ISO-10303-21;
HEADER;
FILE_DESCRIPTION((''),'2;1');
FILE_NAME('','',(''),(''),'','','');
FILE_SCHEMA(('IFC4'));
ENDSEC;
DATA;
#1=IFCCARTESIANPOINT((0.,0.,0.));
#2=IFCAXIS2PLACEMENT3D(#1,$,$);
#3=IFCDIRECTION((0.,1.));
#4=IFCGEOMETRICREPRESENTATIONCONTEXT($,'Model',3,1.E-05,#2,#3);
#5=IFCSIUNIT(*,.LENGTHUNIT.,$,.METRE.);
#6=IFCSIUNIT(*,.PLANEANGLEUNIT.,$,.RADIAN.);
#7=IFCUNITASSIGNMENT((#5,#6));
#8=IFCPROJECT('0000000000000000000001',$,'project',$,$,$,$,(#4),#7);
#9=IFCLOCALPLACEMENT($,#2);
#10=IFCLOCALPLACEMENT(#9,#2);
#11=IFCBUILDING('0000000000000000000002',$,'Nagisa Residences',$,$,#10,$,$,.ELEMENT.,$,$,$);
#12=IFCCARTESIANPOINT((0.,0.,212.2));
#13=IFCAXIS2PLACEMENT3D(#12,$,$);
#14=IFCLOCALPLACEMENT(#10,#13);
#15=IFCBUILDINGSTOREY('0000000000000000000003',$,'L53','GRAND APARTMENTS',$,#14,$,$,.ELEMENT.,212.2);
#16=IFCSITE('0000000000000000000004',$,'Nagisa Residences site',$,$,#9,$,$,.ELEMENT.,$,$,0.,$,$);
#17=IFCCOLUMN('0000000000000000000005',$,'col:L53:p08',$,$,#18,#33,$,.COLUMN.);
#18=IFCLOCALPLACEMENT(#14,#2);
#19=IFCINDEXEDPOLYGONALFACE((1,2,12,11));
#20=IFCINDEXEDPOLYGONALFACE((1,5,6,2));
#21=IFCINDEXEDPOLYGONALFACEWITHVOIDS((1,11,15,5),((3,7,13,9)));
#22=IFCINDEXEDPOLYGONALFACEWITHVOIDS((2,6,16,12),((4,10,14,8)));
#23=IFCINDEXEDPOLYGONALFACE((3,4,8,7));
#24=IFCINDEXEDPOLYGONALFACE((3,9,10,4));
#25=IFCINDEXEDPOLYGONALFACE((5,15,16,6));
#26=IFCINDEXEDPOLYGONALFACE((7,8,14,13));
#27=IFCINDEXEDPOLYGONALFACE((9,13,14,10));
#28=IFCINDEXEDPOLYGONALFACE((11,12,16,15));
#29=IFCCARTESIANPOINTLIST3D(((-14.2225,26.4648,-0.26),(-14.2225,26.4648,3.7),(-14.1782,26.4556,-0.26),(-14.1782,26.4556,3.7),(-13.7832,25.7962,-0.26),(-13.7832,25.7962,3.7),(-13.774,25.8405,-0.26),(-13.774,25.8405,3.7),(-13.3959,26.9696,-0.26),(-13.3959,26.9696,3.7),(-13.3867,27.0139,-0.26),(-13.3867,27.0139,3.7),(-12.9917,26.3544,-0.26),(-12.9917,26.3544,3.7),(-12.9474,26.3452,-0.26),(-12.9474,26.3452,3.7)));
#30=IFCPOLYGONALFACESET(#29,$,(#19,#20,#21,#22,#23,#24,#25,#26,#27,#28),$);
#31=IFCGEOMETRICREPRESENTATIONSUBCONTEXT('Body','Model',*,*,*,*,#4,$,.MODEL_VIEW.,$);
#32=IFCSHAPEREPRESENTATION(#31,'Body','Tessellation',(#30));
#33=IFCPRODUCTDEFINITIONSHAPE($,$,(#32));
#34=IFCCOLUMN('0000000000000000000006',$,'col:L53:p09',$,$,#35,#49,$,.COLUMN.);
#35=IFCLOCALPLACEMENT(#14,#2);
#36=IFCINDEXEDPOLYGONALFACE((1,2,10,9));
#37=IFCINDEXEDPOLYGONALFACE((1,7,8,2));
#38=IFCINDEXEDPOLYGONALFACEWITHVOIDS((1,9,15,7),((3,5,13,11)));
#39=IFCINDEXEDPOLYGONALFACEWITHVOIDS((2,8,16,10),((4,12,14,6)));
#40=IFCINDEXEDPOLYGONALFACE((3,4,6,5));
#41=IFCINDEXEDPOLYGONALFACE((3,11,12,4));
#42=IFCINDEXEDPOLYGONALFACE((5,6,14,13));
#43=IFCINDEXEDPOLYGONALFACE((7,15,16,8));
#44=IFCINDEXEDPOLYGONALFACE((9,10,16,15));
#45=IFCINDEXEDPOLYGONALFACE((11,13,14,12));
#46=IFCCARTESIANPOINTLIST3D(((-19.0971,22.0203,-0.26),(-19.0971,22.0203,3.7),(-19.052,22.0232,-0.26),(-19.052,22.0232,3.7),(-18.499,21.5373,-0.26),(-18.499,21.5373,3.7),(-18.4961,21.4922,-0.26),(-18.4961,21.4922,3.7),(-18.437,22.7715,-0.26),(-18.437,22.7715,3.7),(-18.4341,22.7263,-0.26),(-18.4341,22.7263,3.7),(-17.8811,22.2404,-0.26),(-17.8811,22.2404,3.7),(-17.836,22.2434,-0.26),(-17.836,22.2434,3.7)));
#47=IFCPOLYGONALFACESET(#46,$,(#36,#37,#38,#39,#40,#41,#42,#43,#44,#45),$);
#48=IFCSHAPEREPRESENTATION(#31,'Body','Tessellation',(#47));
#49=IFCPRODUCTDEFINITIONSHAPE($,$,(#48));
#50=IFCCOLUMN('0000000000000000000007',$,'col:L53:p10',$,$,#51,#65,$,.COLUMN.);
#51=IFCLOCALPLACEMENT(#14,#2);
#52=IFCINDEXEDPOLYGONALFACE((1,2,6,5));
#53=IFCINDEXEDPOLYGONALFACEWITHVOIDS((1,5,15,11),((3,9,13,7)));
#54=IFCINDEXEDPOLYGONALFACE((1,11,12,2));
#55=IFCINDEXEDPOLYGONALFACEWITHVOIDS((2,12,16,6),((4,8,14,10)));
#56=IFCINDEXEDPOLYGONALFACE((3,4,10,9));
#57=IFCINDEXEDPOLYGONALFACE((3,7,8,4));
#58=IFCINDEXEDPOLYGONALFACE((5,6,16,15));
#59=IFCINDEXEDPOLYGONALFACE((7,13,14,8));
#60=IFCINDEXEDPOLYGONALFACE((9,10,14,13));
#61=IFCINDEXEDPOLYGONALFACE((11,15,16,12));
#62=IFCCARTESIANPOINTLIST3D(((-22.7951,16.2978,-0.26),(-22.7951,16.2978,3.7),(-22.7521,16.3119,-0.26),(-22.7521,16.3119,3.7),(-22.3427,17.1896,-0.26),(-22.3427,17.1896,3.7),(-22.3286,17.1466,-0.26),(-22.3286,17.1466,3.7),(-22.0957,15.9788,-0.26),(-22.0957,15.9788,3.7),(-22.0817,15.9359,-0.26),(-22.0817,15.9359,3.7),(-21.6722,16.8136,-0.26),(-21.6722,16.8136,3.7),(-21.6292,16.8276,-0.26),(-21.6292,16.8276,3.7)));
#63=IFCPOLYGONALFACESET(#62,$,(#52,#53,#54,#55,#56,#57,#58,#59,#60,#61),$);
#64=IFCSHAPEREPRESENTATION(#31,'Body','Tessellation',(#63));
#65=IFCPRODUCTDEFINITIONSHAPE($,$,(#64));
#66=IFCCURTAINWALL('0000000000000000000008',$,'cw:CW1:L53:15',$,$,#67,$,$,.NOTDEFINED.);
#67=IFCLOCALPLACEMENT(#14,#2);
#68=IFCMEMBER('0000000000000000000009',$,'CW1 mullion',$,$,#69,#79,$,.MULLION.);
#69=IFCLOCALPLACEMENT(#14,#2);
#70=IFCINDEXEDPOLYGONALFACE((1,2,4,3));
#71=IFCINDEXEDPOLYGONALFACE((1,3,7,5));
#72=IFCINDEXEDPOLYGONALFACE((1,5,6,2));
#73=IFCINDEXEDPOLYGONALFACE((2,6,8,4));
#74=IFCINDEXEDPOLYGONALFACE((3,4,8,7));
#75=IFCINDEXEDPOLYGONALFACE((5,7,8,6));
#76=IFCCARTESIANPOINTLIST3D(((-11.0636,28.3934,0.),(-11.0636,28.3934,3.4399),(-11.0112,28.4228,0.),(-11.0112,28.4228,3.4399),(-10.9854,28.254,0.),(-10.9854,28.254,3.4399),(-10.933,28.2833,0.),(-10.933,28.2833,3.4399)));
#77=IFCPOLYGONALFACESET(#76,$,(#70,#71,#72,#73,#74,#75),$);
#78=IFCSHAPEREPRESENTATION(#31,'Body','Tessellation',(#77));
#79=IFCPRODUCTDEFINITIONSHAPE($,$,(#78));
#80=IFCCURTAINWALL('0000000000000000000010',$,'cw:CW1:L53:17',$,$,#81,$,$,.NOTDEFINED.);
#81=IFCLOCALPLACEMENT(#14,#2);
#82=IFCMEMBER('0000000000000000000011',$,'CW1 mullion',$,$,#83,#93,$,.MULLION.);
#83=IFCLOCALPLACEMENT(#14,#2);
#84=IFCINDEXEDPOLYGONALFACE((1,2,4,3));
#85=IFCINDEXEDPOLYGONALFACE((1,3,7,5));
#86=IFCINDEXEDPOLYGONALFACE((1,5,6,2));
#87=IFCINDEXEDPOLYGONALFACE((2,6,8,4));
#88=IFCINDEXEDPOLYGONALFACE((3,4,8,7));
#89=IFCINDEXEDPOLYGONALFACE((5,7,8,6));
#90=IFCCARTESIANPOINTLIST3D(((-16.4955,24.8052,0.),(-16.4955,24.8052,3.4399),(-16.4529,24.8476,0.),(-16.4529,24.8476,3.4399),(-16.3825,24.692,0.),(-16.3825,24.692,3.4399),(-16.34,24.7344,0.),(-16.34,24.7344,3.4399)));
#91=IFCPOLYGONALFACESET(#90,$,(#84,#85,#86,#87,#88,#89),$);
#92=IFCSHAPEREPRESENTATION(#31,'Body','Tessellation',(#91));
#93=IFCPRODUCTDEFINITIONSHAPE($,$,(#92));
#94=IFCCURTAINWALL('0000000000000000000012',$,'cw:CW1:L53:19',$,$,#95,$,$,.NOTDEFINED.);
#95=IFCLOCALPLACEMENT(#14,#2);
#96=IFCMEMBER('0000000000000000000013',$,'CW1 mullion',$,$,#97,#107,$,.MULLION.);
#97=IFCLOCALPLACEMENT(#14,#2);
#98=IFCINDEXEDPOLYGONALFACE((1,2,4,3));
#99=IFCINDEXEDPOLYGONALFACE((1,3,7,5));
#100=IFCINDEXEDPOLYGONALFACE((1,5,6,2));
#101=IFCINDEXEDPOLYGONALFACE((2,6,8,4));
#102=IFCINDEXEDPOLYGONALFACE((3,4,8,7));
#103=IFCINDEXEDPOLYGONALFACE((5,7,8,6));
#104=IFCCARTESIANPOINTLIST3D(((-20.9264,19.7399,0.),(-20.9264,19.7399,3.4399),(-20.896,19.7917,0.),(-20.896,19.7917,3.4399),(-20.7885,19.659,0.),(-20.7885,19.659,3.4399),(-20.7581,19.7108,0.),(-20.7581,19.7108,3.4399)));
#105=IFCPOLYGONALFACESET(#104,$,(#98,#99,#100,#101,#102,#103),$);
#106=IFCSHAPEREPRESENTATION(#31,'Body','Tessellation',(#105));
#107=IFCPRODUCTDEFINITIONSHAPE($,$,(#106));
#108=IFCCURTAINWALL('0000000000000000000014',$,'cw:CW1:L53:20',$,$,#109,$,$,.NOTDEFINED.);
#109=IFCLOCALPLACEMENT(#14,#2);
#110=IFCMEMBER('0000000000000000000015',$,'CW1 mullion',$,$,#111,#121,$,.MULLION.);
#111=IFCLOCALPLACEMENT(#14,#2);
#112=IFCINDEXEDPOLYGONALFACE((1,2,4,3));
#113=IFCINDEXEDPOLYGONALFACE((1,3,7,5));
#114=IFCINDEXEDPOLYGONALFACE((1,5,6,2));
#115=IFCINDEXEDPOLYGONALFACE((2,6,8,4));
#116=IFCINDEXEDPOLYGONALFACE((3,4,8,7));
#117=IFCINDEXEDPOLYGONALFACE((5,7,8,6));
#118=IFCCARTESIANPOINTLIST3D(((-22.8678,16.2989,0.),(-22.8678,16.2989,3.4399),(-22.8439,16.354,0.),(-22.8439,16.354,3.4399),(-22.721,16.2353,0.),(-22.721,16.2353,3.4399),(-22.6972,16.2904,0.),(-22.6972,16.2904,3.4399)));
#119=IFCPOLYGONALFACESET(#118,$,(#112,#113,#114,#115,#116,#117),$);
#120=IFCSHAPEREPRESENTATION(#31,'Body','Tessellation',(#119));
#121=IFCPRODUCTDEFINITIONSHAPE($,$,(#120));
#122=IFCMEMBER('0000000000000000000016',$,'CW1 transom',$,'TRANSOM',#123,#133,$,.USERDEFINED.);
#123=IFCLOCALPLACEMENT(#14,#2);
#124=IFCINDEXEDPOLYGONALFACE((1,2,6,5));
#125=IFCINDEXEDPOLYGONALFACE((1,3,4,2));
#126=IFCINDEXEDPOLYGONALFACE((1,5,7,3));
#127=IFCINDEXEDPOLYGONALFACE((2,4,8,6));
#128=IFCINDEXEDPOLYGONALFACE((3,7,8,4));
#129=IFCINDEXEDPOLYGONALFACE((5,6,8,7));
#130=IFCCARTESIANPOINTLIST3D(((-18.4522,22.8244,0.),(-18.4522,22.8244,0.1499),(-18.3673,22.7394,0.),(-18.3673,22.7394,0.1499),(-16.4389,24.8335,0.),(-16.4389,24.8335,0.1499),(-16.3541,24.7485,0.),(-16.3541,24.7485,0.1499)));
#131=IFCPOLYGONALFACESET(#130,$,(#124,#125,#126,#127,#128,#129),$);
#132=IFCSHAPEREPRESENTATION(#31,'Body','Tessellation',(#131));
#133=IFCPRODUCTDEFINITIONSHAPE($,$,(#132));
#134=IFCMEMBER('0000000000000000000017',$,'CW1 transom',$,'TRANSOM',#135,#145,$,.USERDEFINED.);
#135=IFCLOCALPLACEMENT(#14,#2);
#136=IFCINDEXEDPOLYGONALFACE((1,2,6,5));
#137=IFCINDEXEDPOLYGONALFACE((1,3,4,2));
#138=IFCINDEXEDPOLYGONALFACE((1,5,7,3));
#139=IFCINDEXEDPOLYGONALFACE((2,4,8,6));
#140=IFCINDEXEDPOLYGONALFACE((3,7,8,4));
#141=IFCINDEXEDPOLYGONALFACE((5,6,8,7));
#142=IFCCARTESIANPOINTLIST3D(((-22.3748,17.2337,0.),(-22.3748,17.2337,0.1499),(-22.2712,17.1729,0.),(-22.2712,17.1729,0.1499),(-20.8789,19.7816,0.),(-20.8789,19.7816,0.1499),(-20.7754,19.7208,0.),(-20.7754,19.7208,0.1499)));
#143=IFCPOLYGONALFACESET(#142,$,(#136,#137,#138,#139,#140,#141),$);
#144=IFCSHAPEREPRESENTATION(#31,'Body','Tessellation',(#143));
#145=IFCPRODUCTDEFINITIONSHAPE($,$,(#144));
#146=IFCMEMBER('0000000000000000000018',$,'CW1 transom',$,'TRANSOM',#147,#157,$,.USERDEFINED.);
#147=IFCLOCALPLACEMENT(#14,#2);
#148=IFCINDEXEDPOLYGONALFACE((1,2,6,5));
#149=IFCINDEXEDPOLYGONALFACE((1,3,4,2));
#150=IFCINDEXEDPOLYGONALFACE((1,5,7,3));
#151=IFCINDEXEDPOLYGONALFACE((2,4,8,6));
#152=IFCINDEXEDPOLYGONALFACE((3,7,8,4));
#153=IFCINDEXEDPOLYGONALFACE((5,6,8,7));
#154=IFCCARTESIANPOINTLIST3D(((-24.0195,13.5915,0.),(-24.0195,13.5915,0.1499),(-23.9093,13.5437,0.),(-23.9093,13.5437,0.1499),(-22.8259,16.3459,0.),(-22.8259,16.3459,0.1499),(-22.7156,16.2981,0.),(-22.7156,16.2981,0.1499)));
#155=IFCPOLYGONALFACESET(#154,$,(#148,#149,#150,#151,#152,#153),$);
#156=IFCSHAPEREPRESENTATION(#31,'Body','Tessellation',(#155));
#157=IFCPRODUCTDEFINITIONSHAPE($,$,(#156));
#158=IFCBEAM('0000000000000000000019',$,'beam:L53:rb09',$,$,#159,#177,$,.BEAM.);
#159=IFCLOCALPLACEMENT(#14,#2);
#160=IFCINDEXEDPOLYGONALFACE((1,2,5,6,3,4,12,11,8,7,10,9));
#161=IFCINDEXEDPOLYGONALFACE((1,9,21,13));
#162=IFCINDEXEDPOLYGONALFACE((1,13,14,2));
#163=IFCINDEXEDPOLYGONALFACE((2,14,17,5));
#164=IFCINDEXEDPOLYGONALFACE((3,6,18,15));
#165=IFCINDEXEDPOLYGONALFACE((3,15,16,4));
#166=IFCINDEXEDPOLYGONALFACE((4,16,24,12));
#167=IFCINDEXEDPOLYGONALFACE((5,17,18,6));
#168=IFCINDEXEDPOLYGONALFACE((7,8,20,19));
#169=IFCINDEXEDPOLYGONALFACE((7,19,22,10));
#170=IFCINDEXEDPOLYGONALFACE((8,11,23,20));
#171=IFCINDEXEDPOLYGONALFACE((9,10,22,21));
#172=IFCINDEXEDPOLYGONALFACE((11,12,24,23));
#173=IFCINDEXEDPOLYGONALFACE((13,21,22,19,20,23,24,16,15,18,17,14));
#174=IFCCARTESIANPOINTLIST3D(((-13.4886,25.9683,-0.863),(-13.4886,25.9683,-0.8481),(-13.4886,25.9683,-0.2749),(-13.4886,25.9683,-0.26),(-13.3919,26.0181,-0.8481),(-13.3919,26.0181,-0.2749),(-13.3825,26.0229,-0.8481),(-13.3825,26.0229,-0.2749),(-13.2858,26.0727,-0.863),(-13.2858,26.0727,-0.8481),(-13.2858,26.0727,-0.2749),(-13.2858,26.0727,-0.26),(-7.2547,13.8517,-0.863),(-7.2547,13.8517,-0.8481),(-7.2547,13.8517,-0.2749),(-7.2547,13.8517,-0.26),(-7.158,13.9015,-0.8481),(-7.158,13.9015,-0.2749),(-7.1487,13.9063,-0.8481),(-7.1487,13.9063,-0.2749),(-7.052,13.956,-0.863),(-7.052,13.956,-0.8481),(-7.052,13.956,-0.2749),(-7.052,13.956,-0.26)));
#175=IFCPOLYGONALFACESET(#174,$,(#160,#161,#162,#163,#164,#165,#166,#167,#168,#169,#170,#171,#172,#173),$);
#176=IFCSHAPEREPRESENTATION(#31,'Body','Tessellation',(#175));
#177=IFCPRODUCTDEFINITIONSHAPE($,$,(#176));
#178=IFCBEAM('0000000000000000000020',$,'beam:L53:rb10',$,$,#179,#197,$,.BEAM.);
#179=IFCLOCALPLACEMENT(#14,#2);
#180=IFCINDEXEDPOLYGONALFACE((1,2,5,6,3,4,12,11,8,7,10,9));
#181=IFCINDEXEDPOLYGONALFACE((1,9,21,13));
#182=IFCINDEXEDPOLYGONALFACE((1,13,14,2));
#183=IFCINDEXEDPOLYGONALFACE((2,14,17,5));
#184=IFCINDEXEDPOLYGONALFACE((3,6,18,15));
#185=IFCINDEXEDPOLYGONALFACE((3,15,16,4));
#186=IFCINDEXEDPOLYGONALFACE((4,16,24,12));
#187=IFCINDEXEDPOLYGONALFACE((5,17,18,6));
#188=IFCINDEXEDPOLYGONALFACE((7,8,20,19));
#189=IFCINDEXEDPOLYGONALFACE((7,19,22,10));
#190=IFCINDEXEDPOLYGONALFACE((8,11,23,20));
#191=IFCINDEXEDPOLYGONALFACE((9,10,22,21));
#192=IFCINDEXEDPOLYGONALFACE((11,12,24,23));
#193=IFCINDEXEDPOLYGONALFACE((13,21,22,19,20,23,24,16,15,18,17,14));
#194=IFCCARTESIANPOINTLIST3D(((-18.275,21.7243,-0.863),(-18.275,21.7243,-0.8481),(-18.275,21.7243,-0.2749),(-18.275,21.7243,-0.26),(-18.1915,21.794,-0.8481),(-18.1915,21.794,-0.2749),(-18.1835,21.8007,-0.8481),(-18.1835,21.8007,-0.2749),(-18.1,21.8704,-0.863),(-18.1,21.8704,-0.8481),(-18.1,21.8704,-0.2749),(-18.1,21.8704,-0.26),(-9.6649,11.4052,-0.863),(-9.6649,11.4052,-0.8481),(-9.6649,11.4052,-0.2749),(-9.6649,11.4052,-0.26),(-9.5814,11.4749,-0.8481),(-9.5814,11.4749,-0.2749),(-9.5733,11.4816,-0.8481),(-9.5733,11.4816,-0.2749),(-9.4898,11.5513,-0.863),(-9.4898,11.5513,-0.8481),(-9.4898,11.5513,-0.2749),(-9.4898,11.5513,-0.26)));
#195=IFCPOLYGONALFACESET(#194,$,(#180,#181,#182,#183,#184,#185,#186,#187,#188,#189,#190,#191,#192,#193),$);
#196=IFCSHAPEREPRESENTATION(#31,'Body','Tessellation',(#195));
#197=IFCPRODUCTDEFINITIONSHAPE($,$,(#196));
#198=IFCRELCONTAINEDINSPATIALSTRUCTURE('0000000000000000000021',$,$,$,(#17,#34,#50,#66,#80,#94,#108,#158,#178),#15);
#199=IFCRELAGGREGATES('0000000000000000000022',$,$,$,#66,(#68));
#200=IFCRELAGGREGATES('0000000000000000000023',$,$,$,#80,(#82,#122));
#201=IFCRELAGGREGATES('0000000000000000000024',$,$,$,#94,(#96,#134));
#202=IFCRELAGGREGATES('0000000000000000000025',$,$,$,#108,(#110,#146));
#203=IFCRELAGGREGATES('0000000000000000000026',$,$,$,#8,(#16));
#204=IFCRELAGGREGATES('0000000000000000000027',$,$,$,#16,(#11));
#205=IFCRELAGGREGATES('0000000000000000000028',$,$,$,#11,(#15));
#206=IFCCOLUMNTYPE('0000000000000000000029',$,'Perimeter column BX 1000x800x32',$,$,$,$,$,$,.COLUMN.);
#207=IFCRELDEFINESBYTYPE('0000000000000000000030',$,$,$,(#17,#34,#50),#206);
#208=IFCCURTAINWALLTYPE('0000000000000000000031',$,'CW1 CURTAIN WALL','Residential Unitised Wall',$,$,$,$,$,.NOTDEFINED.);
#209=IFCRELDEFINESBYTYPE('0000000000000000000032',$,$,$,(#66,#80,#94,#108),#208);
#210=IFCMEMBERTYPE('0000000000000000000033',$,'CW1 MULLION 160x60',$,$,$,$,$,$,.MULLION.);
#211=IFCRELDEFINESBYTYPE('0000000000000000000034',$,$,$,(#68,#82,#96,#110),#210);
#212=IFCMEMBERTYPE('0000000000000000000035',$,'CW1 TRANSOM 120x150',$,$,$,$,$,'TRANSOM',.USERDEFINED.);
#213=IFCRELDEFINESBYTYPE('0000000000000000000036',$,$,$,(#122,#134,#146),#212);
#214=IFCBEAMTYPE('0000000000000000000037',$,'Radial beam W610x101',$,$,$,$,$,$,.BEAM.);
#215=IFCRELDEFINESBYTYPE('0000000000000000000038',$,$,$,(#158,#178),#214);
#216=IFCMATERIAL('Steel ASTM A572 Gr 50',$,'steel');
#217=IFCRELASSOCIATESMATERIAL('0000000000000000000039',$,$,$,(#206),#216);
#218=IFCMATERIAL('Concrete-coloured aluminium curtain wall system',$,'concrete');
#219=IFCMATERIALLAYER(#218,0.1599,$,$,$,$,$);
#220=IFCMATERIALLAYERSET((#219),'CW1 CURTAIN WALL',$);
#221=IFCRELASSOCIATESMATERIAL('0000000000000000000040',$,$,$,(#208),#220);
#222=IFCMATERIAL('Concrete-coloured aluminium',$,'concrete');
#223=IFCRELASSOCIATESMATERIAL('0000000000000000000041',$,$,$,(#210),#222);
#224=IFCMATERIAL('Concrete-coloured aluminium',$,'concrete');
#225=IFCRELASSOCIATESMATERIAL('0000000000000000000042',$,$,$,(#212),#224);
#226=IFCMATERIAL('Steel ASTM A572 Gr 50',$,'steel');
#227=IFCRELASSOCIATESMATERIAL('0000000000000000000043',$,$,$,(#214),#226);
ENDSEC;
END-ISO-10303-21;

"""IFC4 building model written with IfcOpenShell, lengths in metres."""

from ifc_helpers import new_model, si_unit, direction, frame, origin, origin_2d, place, context, subcontext, project, spatial, rectangle, hollow_rectangle, i_section, extrude, material, layer, layer_set, material_profile, profile_set, type_object, element, aggregate, save


model = new_model("IFC4")

# Units and contexts
model_context = context("Model", 3, precision=1e-05, world=origin(), true_north=direction((0.0, 1.0)))
body_context = subcontext(model_context, "Body", "Model", "MODEL_VIEW")
ifc_project = project(units=[si_unit("LENGTHUNIT", "METRE"), si_unit("PLANEANGLEUNIT", "RADIAN")], contexts=[model_context])

# Site, building, storey
site_placement = place(None, origin())
site = spatial("IfcSite", under=ifc_project, at=site_placement, Name="Nagisa Residences site", CompositionType="ELEMENT", RefElevation=0.0)
building_placement = place(site_placement, origin())
building = spatial("IfcBuilding", under=site, at=building_placement, Name="Nagisa Residences", CompositionType="ELEMENT")
storey_placement = place(building_placement, frame((0.0, 0.0, 212.2)))
storey = spatial("IfcBuildingStorey", under=building, at=storey_placement, Name="L53", Description="GRAND APARTMENTS", CompositionType="ELEMENT", Elevation=212.2)

# Columns
ifc_material_1 = material(Name="Steel ASTM A572 Gr 50", Category="steel")
ifc_material_profile_1 = material_profile(ifc_material_1, hollow_rectangle(XDim=1.0, YDim=0.8, WallThickness=0.032, at=origin_2d()), Name="BX 1000x800x32")
ifc_profile_set_1 = profile_set([ifc_material_profile_1], Name="Steel ASTM A572 Gr 50")
column_type = type_object("IfcColumnType", Name="Perimeter column BX 1000x800x32", PredefinedType="COLUMN", material=ifc_profile_set_1)
for number, where, z_axis, x_axis, name in (
    (1, (-13.585, 26.405, -0.26), (0.0, 0.0, 1.0), (-0.835766, -0.549086, 0.0), "col:L53:p08"),
    (2, (-18.4666, 22.1318, -0.26), (0.0, 0.0, 1.0), (-0.660115, -0.751165, 0.0), "col:L53:p09"),
    (3, (-22.2122, 16.5627, -0.26), (0.0, 0.0, 1.0), (-0.452463, -0.891783, 0.0), "col:L53:p10"),
):
    element("IfcColumn", number, at=place(storey_placement, frame(where, z_axis=z_axis, x_axis=x_axis)), inside=storey, type_object=column_type, Name=name, PredefinedType="COLUMN", context=body_context, shape_type="SweptSolid", body=[
        extrude(hollow_rectangle(XDim=1.0, YDim=0.8, WallThickness=0.032, at=origin_2d()), origin(), (0.0, 0.0, 1.0), 3.96),
    ])

# Curtain walls, members
ifc_material_2 = material(Name="Concrete-coloured aluminium curtain wall system", Category="concrete")
ifc_layer_1 = layer(ifc_material_2, 0.1599)
ifc_layer_set_1 = layer_set([ifc_layer_1], Name="CW1 CURTAIN WALL")
curtain_wall_type = type_object("IfcCurtainWallType", Name="CW1 CURTAIN WALL", Description="Residential Unitised Wall", PredefinedType="NOTDEFINED", material=ifc_layer_set_1)
curtain_wall_1_placement = place(storey_placement, origin())
curtain_wall_1 = element("IfcCurtainWall", 4, at=curtain_wall_1_placement, inside=storey, type_object=curtain_wall_type, Name="cw:CW1:L53:15", PredefinedType="NOTDEFINED")
ifc_material_3 = material(Name="Concrete-coloured aluminium", Category="concrete")
ifc_material_profile_2 = material_profile(ifc_material_3, rectangle(XDim=0.1599, YDim=0.0601, at=origin_2d()), Name="CW1 MULLION 160x60")
ifc_profile_set_2 = profile_set([ifc_material_profile_2], Name="Concrete-coloured aluminium")
member_type_1 = type_object("IfcMemberType", Name="CW1 MULLION 160x60", PredefinedType="MULLION", material=ifc_profile_set_2)
member_1_placement = place(storey_placement, frame((-10.9983, 28.3384, 0.0), z_axis=(0.0, 0.0, 1.0), x_axis=(0.489377, -0.872072, 0.0)))
member_1 = element("IfcMember", 5, at=member_1_placement, type_object=member_type_1, Name="CW1 mullion", PredefinedType="MULLION", context=body_context, shape_type="SweptSolid", body=[
    extrude(rectangle(XDim=0.1599, YDim=0.0601, at=origin_2d()), origin(), (0.0, 0.0, 1.0), 3.4399),
])
curtain_wall_2_placement = place(storey_placement, origin())
curtain_wall_2 = element("IfcCurtainWall", 6, at=curtain_wall_2_placement, inside=storey, type_object=curtain_wall_type, Name="cw:CW1:L53:17", PredefinedType="NOTDEFINED")
member_2_placement = place(storey_placement, frame((-16.4177, 24.7698, 0.0), z_axis=(0.0, 0.0, 1.0), x_axis=(0.706377, -0.707836, 0.0)))
member_2 = element("IfcMember", 7, at=member_2_placement, type_object=member_type_1, Name="CW1 mullion", PredefinedType="MULLION", context=body_context, shape_type="SweptSolid", body=[
    extrude(rectangle(XDim=0.1599, YDim=0.0601, at=origin_2d()), origin(), (0.0, 0.0, 1.0), 3.4399),
])
curtain_wall_3_placement = place(storey_placement, origin())
curtain_wall_3 = element("IfcCurtainWall", 8, at=curtain_wall_3_placement, inside=storey, type_object=curtain_wall_type, Name="cw:CW1:L53:19", PredefinedType="NOTDEFINED")
member_3_placement = place(storey_placement, frame((-20.8423, 19.7253, 0.0), z_axis=(0.0, 0.0, 1.0), x_axis=(0.862329, -0.506349, 0.0)))
member_3 = element("IfcMember", 9, at=member_3_placement, type_object=member_type_1, Name="CW1 mullion", PredefinedType="MULLION", context=body_context, shape_type="SweptSolid", body=[
    extrude(rectangle(XDim=0.1599, YDim=0.0601, at=origin_2d()), origin(), (0.0, 0.0, 1.0), 3.4399),
])
curtain_wall_4_placement = place(storey_placement, origin())
curtain_wall_4 = element("IfcCurtainWall", 10, at=curtain_wall_4_placement, inside=storey, type_object=curtain_wall_type, Name="cw:CW1:L53:20", PredefinedType="NOTDEFINED")
member_4_placement = place(storey_placement, frame((-22.7825, 16.2947, 0.0), z_axis=(0.0, 0.0, 1.0), x_axis=(0.917543, -0.397636, 0.0)))
member_4 = element("IfcMember", 11, at=member_4_placement, type_object=member_type_1, Name="CW1 mullion", PredefinedType="MULLION", context=body_context, shape_type="SweptSolid", body=[
    extrude(rectangle(XDim=0.1599, YDim=0.0601, at=origin_2d()), origin(), (0.0, 0.0, 1.0), 3.4399),
])

# Members
ifc_material_4 = material(Name="Concrete-coloured aluminium", Category="concrete")
ifc_material_profile_3 = material_profile(ifc_material_4, rectangle(XDim=0.1201, YDim=0.1499, at=origin_2d()), Name="CW1 TRANSOM 120x150")
ifc_profile_set_3 = profile_set([ifc_material_profile_3], Name="Concrete-coloured aluminium")
member_type_2 = type_object("IfcMemberType", Name="CW1 TRANSOM 120x150", ElementType="TRANSOM", PredefinedType="USERDEFINED", material=ifc_profile_set_3)
member_5_placement = place(storey_placement, frame((-16.3965, 24.791, 0.075), z_axis=(-0.707836, -0.706377, 0.0), x_axis=(0.706377, -0.707836, 0.0)))
member_5 = element("IfcMember", 12, at=member_5_placement, type_object=member_type_2, Name="CW1 transom", ObjectType="TRANSOM", PredefinedType="USERDEFINED", context=body_context, shape_type="SweptSolid", body=[
    extrude(rectangle(XDim=0.1201, YDim=0.1499, at=origin_2d()), origin(), (0.0, 0.0, 1.0), 2.8442),
])
member_6_placement = place(storey_placement, frame((-20.8271, 19.7512, 0.075), z_axis=(-0.506294, -0.862361, 0.0), x_axis=(0.862361, -0.506294, 0.0)))
member_6 = element("IfcMember", 13, at=member_6_placement, type_object=member_type_2, Name="CW1 transom", ObjectType="TRANSOM", PredefinedType="USERDEFINED", context=body_context, shape_type="SweptSolid", body=[
    extrude(rectangle(XDim=0.1201, YDim=0.1499, at=origin_2d()), origin(), (0.0, 0.0, 1.0), 2.9546),
])
member_7_placement = place(storey_placement, frame((-22.7708, 16.322, 0.075), z_axis=(-0.397617, -0.917552, 0.0), x_axis=(0.917552, -0.397617, 0.0)))
member_7 = element("IfcMember", 14, at=member_7_placement, type_object=member_type_2, Name="CW1 transom", ObjectType="TRANSOM", PredefinedType="USERDEFINED", context=body_context, shape_type="SweptSolid", body=[
    extrude(rectangle(XDim=0.1201, YDim=0.1499, at=origin_2d()), origin(), (0.0, 0.0, 1.0), 3.002),
])

# Beams
ifc_material_5 = material(Name="Steel ASTM A572 Gr 50", Category="steel")
ifc_material_profile_4 = material_profile(ifc_material_5, i_section(OverallWidth=0.228, OverallDepth=0.603, WebThickness=0.0105, FlangeThickness=0.0149, at=origin_2d()), Name="W610x101")
ifc_profile_set_4 = profile_set([ifc_material_profile_4], Name="Steel ASTM A572 Gr 50")
beam_type = type_object("IfcBeamType", Name="Radial beam W610x101", PredefinedType="BEAM", material=ifc_profile_set_4)
beam_1_placement = place(storey_placement, frame((-13.3872, 26.0205, -0.5615), z_axis=(0.45749, -0.889215, 0.0), x_axis=(0.889215, 0.45749, 0.0)))
element("IfcBeam", 15, at=beam_1_placement, inside=storey, type_object=beam_type, Name="beam:L53:rb09", PredefinedType="BEAM", context=body_context, shape_type="SweptSolid", body=[
    extrude(i_section(OverallWidth=0.228, OverallDepth=0.603, WebThickness=0.0105, FlangeThickness=0.0149, at=origin_2d()), origin(), (0.0, 0.0, 1.0), 13.6262),
])
beam_2_placement = place(storey_placement, frame((-18.1875, 21.7974, -0.5615), z_axis=(0.640661, -0.767824, 0.0), x_axis=(0.767824, 0.640661, 0.0)))
element("IfcBeam", 16, at=beam_2_placement, inside=storey, type_object=beam_type, Name="beam:L53:rb10", PredefinedType="BEAM", context=body_context, shape_type="SweptSolid", body=[
    extrude(i_section(OverallWidth=0.228, OverallDepth=0.603, WebThickness=0.0105, FlangeThickness=0.0149, at=origin_2d()), origin(), (0.0, 0.0, 1.0), 13.4395),
])

aggregate(curtain_wall_1, [member_1])
aggregate(curtain_wall_2, [member_2, member_5])
aggregate(curtain_wall_3, [member_3, member_6])
aggregate(curtain_wall_4, [member_4, member_7])

save(model, "model.ifc")
